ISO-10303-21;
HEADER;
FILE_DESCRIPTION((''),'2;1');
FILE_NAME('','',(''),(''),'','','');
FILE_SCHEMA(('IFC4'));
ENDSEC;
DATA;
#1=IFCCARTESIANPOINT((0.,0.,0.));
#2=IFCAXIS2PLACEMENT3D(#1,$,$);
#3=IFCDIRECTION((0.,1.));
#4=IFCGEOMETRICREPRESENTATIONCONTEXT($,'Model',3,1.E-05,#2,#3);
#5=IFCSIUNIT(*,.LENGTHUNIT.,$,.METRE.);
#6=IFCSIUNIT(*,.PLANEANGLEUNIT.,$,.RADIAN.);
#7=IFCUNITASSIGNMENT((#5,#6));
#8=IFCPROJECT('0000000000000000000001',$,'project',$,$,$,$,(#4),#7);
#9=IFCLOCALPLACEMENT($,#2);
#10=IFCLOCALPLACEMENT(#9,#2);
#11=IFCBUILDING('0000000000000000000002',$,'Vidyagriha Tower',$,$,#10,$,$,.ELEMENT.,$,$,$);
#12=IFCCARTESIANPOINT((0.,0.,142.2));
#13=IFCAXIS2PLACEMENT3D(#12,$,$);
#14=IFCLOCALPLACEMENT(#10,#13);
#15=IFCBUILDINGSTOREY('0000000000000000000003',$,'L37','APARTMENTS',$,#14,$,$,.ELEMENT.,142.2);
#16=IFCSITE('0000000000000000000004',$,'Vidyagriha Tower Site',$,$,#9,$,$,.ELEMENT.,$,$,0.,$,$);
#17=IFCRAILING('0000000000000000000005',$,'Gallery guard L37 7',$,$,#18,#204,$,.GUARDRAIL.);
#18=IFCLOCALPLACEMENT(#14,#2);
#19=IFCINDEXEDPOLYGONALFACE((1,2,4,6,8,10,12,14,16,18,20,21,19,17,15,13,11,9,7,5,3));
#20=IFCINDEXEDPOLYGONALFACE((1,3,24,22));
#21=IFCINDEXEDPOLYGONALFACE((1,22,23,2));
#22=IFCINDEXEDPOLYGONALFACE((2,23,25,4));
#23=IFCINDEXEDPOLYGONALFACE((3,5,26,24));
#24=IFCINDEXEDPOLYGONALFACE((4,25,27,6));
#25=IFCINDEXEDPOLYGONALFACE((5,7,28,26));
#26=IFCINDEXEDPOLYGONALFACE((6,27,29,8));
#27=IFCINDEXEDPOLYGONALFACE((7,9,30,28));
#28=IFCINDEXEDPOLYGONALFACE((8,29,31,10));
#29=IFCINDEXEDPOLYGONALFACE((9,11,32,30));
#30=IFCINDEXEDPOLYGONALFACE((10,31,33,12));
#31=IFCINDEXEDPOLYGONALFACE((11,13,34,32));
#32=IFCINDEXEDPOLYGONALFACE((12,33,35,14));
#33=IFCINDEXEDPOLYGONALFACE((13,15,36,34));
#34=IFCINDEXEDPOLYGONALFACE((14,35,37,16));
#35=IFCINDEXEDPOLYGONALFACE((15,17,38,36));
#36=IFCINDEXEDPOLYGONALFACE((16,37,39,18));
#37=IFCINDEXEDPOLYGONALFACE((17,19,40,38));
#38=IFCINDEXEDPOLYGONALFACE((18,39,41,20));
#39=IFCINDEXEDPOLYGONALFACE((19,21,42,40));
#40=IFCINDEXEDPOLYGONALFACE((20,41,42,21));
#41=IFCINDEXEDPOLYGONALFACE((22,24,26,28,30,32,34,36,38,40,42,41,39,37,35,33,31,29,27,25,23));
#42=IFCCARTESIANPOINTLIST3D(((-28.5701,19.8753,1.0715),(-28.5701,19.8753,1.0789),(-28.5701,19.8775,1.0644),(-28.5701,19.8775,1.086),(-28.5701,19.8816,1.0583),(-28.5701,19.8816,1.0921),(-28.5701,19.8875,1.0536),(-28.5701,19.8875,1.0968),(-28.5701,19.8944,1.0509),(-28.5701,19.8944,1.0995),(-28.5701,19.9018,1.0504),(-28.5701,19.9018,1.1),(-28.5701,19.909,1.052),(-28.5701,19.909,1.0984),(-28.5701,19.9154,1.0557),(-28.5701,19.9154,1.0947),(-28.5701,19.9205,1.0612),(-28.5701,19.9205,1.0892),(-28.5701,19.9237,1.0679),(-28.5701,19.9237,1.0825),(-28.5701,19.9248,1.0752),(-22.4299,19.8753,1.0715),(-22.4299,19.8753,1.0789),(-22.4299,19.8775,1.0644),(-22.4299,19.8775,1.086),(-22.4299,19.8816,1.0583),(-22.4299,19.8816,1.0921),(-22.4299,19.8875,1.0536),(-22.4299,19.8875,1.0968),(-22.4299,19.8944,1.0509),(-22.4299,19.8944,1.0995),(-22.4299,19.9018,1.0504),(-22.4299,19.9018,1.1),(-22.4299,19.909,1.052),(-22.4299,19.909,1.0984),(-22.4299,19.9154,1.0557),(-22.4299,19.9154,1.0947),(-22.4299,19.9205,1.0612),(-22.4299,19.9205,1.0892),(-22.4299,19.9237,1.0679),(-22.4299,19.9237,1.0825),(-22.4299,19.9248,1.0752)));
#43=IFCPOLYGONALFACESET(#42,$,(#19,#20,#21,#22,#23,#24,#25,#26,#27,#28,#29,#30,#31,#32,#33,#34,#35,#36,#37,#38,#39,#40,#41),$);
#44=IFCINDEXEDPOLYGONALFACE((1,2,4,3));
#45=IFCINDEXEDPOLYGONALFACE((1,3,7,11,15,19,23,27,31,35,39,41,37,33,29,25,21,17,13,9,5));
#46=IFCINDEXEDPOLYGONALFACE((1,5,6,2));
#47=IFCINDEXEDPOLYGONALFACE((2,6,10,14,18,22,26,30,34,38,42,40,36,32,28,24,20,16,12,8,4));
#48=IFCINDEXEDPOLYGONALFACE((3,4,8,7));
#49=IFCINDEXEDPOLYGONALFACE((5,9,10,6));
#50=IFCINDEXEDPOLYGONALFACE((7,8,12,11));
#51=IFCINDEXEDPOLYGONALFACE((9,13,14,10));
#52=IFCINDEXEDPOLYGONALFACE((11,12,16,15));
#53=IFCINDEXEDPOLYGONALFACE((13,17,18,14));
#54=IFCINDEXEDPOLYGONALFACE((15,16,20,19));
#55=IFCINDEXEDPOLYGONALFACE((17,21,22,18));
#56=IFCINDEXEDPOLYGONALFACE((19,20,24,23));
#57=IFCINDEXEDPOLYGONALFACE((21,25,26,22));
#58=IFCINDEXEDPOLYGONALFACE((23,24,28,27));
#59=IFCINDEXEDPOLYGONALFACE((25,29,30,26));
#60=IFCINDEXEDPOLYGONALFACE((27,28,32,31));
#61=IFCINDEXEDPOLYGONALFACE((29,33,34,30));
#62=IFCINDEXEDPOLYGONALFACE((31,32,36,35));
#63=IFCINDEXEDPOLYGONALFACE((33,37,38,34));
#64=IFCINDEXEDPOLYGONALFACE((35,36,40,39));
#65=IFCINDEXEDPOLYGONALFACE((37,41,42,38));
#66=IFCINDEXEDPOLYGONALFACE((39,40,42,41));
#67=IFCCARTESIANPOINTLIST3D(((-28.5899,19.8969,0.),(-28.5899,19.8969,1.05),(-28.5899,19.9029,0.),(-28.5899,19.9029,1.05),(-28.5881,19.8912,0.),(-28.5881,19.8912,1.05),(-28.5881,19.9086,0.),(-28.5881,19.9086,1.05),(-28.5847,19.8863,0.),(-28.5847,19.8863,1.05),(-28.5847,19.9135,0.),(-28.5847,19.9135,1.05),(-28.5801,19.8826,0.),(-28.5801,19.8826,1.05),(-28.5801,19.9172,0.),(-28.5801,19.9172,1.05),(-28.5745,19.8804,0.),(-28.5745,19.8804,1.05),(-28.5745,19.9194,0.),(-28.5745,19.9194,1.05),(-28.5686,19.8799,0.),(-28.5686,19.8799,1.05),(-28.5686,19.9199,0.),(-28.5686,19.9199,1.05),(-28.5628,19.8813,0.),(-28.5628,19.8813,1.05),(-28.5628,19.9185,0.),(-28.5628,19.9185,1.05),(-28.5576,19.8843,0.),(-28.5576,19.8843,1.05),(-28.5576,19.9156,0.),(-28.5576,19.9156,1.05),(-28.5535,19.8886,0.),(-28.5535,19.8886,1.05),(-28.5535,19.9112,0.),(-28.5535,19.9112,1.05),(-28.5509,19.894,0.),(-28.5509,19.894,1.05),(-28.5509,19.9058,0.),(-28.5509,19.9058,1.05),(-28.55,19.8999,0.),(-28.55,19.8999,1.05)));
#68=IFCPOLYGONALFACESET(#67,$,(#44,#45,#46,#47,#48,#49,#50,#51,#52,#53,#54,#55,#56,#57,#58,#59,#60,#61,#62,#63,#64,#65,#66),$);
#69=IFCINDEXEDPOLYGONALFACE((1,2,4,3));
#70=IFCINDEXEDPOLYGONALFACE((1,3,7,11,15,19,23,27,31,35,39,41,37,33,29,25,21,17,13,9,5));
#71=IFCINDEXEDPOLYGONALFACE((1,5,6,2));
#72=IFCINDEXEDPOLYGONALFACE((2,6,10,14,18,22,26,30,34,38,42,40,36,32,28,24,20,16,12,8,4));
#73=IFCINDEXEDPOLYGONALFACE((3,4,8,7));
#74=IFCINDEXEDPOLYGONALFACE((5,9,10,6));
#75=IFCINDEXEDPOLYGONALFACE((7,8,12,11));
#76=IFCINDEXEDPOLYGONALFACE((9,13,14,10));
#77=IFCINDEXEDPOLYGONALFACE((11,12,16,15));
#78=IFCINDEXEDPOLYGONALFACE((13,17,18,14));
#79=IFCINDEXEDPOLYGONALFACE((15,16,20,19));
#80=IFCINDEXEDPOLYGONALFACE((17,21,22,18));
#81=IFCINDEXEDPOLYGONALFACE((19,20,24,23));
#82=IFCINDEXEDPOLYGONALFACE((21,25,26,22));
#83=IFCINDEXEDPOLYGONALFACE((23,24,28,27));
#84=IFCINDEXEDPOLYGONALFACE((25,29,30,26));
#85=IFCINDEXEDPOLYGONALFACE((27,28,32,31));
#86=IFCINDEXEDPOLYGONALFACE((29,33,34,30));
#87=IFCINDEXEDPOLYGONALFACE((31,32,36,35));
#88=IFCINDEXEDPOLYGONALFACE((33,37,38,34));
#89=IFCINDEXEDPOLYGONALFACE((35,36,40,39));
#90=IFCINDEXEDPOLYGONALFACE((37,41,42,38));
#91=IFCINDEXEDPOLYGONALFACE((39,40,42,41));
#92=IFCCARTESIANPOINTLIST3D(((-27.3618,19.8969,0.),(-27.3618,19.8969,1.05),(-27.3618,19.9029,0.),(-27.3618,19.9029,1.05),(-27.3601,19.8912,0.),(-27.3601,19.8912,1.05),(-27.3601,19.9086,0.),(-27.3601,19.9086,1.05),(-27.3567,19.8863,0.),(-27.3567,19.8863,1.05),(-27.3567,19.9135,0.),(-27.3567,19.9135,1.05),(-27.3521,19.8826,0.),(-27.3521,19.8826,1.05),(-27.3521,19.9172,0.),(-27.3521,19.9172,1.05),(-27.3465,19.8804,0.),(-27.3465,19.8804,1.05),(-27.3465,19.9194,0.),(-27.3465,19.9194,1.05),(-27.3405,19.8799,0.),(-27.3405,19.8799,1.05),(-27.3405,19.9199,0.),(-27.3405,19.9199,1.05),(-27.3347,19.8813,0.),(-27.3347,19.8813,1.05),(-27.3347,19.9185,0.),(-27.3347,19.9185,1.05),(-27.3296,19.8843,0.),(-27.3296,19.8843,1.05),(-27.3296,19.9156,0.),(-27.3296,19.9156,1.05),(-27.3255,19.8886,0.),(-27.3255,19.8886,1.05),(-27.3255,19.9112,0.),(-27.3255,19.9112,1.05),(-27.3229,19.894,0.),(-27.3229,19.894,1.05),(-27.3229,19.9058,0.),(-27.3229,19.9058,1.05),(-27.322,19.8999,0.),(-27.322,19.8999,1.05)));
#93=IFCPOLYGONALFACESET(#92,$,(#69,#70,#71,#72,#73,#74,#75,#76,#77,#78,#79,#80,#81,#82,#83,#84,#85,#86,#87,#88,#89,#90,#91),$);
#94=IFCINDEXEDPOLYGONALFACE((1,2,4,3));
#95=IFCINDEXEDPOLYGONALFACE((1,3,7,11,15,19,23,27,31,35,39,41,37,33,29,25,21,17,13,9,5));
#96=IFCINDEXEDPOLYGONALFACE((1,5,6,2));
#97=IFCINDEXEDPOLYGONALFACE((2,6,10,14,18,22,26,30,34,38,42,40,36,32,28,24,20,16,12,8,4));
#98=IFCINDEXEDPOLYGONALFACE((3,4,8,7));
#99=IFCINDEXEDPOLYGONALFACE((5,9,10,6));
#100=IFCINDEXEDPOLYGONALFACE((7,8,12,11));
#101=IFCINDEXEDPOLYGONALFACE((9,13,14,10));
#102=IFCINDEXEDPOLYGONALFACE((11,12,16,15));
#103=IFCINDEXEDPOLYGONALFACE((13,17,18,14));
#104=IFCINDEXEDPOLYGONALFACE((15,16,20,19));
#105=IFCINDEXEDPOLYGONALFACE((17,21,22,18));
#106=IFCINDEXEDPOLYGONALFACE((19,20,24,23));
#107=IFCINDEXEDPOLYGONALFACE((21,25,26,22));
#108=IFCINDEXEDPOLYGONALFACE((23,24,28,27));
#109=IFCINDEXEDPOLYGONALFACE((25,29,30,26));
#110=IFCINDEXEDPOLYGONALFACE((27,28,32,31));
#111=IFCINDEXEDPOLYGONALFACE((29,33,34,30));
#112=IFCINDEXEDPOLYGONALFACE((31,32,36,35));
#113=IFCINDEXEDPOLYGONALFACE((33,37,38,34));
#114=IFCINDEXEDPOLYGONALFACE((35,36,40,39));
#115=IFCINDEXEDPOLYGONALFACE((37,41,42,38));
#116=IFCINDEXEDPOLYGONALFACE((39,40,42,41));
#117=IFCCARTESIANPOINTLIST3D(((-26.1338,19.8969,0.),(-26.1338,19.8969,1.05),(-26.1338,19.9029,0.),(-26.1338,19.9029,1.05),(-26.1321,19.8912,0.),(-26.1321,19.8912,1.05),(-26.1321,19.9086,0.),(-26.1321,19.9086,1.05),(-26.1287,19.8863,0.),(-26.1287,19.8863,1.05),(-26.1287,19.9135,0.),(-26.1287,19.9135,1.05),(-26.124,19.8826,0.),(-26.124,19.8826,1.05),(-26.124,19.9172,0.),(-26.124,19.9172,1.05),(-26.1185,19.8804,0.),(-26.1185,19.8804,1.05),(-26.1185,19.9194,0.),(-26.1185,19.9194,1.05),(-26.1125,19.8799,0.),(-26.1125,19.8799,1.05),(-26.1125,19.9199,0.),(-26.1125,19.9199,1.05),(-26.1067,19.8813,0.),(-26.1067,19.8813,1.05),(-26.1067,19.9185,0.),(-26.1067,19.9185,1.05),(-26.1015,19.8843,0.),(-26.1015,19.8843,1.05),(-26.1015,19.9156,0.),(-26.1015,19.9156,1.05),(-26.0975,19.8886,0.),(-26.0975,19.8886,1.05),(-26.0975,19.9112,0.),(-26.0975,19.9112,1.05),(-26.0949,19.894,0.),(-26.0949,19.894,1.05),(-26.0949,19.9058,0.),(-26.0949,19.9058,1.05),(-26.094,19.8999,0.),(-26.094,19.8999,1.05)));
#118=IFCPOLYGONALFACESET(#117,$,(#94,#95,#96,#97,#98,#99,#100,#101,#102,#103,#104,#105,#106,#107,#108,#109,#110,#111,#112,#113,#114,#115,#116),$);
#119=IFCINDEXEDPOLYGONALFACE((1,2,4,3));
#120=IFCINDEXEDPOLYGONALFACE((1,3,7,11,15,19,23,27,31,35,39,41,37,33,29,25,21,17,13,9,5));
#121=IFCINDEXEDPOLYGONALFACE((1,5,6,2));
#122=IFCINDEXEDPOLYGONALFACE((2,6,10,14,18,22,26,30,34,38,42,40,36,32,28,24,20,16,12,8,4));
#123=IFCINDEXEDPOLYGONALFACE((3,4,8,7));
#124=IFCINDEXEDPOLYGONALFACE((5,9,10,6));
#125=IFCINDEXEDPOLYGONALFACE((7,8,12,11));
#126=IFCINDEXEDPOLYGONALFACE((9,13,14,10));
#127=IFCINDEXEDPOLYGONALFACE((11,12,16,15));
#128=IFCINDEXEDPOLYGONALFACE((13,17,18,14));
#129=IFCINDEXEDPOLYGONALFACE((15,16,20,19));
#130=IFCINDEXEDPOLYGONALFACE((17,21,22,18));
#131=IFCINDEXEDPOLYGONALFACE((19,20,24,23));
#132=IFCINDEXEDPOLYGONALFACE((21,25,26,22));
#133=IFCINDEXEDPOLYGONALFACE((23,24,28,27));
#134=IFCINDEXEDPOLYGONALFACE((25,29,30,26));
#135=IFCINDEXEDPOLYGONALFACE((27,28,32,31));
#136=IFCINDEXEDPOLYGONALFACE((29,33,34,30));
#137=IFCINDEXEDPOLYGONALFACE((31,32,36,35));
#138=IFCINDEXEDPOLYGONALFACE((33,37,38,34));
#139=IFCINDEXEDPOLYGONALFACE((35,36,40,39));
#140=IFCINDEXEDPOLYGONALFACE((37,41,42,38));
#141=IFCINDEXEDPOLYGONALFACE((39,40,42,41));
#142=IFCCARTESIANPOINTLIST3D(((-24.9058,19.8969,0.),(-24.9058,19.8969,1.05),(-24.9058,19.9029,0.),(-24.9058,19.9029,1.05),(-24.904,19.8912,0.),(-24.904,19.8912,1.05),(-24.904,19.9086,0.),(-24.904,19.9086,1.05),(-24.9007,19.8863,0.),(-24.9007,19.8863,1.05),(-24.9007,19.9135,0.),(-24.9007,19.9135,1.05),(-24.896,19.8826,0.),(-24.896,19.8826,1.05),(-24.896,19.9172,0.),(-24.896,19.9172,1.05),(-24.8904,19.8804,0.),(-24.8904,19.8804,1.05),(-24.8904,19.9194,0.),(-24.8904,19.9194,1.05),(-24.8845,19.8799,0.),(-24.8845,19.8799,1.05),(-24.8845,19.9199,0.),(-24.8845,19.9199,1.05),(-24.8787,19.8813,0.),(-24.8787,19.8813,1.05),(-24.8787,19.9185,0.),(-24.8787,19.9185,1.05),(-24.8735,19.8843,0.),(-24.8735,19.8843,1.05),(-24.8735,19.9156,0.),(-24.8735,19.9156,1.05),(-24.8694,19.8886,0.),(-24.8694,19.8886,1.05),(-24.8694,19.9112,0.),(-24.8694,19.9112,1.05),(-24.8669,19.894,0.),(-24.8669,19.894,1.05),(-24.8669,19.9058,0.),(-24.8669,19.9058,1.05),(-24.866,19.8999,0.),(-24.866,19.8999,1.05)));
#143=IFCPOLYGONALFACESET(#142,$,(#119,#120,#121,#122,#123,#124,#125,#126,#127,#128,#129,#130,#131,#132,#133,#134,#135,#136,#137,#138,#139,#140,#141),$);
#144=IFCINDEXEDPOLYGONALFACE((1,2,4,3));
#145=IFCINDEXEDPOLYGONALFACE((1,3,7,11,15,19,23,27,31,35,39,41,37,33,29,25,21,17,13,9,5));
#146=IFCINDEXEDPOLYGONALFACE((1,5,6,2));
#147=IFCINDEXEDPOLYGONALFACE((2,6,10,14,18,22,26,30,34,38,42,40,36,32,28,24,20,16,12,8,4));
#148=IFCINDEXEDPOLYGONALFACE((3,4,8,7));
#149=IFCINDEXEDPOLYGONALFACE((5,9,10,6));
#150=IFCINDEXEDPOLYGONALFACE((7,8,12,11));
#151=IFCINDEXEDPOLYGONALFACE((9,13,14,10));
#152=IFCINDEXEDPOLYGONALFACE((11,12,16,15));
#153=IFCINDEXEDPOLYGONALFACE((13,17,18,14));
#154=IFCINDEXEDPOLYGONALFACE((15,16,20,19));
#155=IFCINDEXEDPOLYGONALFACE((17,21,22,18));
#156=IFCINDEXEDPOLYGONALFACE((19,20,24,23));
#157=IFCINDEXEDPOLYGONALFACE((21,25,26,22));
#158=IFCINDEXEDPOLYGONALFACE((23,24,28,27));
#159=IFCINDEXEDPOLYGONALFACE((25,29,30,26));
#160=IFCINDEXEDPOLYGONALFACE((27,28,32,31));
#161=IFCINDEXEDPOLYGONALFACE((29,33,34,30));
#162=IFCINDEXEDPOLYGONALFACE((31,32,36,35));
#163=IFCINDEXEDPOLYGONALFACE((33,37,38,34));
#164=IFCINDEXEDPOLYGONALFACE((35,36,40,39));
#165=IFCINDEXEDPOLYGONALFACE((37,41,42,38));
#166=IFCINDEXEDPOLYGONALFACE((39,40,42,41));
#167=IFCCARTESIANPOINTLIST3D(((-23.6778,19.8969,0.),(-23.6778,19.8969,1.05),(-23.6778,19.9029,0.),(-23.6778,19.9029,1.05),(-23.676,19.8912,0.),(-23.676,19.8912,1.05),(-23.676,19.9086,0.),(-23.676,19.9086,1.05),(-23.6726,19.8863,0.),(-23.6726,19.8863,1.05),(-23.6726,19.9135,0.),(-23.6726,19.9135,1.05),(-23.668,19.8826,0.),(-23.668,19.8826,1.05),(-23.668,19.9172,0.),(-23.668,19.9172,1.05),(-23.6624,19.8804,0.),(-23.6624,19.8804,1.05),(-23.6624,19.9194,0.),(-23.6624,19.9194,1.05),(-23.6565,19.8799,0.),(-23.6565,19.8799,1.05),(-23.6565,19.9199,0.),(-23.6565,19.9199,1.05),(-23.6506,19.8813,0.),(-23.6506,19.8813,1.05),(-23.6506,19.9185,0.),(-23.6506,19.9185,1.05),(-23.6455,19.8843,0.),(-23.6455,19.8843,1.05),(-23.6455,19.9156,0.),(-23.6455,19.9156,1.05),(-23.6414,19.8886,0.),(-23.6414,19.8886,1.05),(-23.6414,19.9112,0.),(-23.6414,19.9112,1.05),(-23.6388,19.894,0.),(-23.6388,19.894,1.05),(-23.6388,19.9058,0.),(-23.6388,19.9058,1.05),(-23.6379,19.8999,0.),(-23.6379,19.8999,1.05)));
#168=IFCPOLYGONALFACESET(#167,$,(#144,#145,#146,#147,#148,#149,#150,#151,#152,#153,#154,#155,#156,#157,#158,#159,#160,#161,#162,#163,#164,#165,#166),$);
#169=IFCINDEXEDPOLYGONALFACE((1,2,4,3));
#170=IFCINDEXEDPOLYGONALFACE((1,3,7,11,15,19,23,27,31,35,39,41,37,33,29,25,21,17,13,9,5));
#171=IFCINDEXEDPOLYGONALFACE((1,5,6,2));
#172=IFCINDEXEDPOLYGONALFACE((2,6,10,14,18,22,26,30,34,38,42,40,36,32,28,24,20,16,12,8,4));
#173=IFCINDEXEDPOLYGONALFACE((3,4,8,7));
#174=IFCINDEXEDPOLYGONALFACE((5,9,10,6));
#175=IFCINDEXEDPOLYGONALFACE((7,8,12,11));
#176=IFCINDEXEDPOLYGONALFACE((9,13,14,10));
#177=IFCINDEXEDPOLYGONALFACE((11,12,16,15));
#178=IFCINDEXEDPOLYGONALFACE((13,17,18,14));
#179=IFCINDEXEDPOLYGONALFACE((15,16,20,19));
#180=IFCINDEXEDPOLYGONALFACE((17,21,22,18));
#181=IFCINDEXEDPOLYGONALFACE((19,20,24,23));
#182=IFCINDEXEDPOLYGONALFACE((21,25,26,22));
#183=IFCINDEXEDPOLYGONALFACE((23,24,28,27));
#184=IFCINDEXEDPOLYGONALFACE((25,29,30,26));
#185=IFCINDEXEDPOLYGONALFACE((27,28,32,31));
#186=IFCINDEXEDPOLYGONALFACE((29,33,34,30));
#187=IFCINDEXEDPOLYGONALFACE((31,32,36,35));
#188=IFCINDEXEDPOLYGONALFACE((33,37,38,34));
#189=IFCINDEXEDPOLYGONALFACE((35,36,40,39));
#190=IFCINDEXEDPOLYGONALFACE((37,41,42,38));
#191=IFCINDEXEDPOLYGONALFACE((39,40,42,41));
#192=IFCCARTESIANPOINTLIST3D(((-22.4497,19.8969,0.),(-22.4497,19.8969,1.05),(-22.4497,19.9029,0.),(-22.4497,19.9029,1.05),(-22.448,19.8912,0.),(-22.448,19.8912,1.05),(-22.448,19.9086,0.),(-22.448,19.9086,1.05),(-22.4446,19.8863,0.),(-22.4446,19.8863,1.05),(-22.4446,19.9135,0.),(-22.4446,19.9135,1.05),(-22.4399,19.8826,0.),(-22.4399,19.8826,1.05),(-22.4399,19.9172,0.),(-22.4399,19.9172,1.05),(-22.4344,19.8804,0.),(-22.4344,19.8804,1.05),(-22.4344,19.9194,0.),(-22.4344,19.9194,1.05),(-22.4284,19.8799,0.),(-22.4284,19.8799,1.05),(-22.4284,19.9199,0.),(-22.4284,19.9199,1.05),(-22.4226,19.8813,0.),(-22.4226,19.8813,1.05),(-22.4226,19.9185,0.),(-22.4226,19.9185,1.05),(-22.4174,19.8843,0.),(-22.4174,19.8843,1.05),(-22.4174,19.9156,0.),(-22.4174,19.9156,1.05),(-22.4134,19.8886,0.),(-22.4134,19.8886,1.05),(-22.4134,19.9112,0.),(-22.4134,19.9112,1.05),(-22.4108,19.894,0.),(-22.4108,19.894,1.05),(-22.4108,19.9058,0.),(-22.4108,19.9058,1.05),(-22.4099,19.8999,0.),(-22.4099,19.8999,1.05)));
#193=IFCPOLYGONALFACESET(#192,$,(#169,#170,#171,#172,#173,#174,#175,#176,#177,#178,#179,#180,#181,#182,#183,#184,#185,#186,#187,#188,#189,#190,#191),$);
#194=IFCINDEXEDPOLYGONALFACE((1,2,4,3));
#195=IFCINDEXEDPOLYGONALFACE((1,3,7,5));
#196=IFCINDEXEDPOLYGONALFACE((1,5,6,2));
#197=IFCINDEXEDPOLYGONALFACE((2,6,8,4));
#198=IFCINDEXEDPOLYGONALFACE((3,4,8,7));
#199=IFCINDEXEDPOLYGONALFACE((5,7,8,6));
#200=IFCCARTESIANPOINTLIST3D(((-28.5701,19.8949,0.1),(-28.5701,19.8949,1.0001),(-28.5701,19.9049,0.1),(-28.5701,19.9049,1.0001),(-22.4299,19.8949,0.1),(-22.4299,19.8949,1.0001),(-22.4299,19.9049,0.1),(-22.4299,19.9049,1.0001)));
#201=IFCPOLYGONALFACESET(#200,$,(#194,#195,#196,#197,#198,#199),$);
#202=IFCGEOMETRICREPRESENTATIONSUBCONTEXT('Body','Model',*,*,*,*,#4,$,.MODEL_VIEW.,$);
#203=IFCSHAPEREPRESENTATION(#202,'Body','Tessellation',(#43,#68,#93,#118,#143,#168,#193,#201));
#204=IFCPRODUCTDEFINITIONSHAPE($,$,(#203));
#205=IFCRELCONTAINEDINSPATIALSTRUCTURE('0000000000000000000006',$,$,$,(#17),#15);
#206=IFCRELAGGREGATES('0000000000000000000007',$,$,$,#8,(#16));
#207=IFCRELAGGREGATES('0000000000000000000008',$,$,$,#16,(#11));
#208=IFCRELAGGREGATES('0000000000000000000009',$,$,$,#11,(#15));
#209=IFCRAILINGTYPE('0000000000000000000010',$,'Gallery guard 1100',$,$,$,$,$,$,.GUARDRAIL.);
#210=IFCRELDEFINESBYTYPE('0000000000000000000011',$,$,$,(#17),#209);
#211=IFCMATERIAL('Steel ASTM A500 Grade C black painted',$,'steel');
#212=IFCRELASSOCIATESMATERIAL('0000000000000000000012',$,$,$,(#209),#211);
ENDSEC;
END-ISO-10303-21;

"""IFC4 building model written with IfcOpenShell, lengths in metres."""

from ifc_helpers import new_model, si_unit, direction, frame, origin, origin_2d, place, context, subcontext, project, spatial, rectangle, circle, extrude, material, type_object, element, save


model = new_model("IFC4")

# Units and contexts
model_context = context("Model", 3, precision=1e-05, world=origin(), true_north=direction((0.0, 1.0)))
body_context = subcontext(model_context, "Body", "Model", "MODEL_VIEW")
ifc_project = project(units=[si_unit("LENGTHUNIT", "METRE"), si_unit("PLANEANGLEUNIT", "RADIAN")], contexts=[model_context])

# Site, building, storey
site_placement = place(None, origin())
site = spatial("IfcSite", under=ifc_project, at=site_placement, Name="Vidyagriha Tower Site", CompositionType="ELEMENT", RefElevation=0.0)
building_placement = place(site_placement, origin())
building = spatial("IfcBuilding", under=site, at=building_placement, Name="Vidyagriha Tower", CompositionType="ELEMENT")
storey_placement = place(building_placement, frame((0.0, 0.0, 142.2)))
storey = spatial("IfcBuildingStorey", under=building, at=storey_placement, Name="L37", Description="APARTMENTS", CompositionType="ELEMENT", Elevation=142.2)

# Railing
ifc_material_1 = material(Name="Steel ASTM A500 Grade C black painted", Category="steel")
railing_type = type_object("IfcRailingType", Name="Gallery guard 1100", PredefinedType="GUARDRAIL", material=ifc_material_1)
railing_1_placement = place(storey_placement, frame((-28.5701, 19.8999, 0.0)))
element("IfcRailing", 1, at=railing_1_placement, inside=storey, type_object=railing_type, Name="Gallery guard L37 7", PredefinedType="GUARDRAIL", context=body_context, shape_type="SweptSolid", body=[
    extrude(circle(Radius=0.0249, at=origin_2d()), frame((0.0, 0.0, 1.0752), z_axis=(1.0, 0.0, 0.0), x_axis=(0.0, 1.0, 0.0)), (0.0, 0.0, 1.0), 6.1401),
    extrude(circle(Radius=0.02, at=origin_2d()), origin(), (0.0, 0.0, 1.0), 1.05),
    extrude(circle(Radius=0.02, at=origin_2d()), frame((1.228, 0.0, 0.0)), (0.0, 0.0, 1.0), 1.05),
    extrude(circle(Radius=0.02, at=origin_2d()), frame((2.4561, 0.0, 0.0)), (0.0, 0.0, 1.0), 1.05),
    extrude(circle(Radius=0.02, at=origin_2d()), frame((3.6841, 0.0, 0.0)), (0.0, 0.0, 1.0), 1.05),
    extrude(circle(Radius=0.02, at=origin_2d()), frame((4.9121, 0.0, 0.0)), (0.0, 0.0, 1.0), 1.05),
    extrude(circle(Radius=0.02, at=origin_2d()), frame((6.1401, 0.0, 0.0)), (0.0, 0.0, 1.0), 1.05),
    extrude(rectangle(XDim=0.01, YDim=0.9001, at=origin_2d()), frame((0.0, 0.0, 0.55), z_axis=(1.0, 0.0, 0.0), x_axis=(0.0, 1.0, 0.0)), (0.0, 0.0, 1.0), 6.1401),
])

save(model, "model.ifc")
